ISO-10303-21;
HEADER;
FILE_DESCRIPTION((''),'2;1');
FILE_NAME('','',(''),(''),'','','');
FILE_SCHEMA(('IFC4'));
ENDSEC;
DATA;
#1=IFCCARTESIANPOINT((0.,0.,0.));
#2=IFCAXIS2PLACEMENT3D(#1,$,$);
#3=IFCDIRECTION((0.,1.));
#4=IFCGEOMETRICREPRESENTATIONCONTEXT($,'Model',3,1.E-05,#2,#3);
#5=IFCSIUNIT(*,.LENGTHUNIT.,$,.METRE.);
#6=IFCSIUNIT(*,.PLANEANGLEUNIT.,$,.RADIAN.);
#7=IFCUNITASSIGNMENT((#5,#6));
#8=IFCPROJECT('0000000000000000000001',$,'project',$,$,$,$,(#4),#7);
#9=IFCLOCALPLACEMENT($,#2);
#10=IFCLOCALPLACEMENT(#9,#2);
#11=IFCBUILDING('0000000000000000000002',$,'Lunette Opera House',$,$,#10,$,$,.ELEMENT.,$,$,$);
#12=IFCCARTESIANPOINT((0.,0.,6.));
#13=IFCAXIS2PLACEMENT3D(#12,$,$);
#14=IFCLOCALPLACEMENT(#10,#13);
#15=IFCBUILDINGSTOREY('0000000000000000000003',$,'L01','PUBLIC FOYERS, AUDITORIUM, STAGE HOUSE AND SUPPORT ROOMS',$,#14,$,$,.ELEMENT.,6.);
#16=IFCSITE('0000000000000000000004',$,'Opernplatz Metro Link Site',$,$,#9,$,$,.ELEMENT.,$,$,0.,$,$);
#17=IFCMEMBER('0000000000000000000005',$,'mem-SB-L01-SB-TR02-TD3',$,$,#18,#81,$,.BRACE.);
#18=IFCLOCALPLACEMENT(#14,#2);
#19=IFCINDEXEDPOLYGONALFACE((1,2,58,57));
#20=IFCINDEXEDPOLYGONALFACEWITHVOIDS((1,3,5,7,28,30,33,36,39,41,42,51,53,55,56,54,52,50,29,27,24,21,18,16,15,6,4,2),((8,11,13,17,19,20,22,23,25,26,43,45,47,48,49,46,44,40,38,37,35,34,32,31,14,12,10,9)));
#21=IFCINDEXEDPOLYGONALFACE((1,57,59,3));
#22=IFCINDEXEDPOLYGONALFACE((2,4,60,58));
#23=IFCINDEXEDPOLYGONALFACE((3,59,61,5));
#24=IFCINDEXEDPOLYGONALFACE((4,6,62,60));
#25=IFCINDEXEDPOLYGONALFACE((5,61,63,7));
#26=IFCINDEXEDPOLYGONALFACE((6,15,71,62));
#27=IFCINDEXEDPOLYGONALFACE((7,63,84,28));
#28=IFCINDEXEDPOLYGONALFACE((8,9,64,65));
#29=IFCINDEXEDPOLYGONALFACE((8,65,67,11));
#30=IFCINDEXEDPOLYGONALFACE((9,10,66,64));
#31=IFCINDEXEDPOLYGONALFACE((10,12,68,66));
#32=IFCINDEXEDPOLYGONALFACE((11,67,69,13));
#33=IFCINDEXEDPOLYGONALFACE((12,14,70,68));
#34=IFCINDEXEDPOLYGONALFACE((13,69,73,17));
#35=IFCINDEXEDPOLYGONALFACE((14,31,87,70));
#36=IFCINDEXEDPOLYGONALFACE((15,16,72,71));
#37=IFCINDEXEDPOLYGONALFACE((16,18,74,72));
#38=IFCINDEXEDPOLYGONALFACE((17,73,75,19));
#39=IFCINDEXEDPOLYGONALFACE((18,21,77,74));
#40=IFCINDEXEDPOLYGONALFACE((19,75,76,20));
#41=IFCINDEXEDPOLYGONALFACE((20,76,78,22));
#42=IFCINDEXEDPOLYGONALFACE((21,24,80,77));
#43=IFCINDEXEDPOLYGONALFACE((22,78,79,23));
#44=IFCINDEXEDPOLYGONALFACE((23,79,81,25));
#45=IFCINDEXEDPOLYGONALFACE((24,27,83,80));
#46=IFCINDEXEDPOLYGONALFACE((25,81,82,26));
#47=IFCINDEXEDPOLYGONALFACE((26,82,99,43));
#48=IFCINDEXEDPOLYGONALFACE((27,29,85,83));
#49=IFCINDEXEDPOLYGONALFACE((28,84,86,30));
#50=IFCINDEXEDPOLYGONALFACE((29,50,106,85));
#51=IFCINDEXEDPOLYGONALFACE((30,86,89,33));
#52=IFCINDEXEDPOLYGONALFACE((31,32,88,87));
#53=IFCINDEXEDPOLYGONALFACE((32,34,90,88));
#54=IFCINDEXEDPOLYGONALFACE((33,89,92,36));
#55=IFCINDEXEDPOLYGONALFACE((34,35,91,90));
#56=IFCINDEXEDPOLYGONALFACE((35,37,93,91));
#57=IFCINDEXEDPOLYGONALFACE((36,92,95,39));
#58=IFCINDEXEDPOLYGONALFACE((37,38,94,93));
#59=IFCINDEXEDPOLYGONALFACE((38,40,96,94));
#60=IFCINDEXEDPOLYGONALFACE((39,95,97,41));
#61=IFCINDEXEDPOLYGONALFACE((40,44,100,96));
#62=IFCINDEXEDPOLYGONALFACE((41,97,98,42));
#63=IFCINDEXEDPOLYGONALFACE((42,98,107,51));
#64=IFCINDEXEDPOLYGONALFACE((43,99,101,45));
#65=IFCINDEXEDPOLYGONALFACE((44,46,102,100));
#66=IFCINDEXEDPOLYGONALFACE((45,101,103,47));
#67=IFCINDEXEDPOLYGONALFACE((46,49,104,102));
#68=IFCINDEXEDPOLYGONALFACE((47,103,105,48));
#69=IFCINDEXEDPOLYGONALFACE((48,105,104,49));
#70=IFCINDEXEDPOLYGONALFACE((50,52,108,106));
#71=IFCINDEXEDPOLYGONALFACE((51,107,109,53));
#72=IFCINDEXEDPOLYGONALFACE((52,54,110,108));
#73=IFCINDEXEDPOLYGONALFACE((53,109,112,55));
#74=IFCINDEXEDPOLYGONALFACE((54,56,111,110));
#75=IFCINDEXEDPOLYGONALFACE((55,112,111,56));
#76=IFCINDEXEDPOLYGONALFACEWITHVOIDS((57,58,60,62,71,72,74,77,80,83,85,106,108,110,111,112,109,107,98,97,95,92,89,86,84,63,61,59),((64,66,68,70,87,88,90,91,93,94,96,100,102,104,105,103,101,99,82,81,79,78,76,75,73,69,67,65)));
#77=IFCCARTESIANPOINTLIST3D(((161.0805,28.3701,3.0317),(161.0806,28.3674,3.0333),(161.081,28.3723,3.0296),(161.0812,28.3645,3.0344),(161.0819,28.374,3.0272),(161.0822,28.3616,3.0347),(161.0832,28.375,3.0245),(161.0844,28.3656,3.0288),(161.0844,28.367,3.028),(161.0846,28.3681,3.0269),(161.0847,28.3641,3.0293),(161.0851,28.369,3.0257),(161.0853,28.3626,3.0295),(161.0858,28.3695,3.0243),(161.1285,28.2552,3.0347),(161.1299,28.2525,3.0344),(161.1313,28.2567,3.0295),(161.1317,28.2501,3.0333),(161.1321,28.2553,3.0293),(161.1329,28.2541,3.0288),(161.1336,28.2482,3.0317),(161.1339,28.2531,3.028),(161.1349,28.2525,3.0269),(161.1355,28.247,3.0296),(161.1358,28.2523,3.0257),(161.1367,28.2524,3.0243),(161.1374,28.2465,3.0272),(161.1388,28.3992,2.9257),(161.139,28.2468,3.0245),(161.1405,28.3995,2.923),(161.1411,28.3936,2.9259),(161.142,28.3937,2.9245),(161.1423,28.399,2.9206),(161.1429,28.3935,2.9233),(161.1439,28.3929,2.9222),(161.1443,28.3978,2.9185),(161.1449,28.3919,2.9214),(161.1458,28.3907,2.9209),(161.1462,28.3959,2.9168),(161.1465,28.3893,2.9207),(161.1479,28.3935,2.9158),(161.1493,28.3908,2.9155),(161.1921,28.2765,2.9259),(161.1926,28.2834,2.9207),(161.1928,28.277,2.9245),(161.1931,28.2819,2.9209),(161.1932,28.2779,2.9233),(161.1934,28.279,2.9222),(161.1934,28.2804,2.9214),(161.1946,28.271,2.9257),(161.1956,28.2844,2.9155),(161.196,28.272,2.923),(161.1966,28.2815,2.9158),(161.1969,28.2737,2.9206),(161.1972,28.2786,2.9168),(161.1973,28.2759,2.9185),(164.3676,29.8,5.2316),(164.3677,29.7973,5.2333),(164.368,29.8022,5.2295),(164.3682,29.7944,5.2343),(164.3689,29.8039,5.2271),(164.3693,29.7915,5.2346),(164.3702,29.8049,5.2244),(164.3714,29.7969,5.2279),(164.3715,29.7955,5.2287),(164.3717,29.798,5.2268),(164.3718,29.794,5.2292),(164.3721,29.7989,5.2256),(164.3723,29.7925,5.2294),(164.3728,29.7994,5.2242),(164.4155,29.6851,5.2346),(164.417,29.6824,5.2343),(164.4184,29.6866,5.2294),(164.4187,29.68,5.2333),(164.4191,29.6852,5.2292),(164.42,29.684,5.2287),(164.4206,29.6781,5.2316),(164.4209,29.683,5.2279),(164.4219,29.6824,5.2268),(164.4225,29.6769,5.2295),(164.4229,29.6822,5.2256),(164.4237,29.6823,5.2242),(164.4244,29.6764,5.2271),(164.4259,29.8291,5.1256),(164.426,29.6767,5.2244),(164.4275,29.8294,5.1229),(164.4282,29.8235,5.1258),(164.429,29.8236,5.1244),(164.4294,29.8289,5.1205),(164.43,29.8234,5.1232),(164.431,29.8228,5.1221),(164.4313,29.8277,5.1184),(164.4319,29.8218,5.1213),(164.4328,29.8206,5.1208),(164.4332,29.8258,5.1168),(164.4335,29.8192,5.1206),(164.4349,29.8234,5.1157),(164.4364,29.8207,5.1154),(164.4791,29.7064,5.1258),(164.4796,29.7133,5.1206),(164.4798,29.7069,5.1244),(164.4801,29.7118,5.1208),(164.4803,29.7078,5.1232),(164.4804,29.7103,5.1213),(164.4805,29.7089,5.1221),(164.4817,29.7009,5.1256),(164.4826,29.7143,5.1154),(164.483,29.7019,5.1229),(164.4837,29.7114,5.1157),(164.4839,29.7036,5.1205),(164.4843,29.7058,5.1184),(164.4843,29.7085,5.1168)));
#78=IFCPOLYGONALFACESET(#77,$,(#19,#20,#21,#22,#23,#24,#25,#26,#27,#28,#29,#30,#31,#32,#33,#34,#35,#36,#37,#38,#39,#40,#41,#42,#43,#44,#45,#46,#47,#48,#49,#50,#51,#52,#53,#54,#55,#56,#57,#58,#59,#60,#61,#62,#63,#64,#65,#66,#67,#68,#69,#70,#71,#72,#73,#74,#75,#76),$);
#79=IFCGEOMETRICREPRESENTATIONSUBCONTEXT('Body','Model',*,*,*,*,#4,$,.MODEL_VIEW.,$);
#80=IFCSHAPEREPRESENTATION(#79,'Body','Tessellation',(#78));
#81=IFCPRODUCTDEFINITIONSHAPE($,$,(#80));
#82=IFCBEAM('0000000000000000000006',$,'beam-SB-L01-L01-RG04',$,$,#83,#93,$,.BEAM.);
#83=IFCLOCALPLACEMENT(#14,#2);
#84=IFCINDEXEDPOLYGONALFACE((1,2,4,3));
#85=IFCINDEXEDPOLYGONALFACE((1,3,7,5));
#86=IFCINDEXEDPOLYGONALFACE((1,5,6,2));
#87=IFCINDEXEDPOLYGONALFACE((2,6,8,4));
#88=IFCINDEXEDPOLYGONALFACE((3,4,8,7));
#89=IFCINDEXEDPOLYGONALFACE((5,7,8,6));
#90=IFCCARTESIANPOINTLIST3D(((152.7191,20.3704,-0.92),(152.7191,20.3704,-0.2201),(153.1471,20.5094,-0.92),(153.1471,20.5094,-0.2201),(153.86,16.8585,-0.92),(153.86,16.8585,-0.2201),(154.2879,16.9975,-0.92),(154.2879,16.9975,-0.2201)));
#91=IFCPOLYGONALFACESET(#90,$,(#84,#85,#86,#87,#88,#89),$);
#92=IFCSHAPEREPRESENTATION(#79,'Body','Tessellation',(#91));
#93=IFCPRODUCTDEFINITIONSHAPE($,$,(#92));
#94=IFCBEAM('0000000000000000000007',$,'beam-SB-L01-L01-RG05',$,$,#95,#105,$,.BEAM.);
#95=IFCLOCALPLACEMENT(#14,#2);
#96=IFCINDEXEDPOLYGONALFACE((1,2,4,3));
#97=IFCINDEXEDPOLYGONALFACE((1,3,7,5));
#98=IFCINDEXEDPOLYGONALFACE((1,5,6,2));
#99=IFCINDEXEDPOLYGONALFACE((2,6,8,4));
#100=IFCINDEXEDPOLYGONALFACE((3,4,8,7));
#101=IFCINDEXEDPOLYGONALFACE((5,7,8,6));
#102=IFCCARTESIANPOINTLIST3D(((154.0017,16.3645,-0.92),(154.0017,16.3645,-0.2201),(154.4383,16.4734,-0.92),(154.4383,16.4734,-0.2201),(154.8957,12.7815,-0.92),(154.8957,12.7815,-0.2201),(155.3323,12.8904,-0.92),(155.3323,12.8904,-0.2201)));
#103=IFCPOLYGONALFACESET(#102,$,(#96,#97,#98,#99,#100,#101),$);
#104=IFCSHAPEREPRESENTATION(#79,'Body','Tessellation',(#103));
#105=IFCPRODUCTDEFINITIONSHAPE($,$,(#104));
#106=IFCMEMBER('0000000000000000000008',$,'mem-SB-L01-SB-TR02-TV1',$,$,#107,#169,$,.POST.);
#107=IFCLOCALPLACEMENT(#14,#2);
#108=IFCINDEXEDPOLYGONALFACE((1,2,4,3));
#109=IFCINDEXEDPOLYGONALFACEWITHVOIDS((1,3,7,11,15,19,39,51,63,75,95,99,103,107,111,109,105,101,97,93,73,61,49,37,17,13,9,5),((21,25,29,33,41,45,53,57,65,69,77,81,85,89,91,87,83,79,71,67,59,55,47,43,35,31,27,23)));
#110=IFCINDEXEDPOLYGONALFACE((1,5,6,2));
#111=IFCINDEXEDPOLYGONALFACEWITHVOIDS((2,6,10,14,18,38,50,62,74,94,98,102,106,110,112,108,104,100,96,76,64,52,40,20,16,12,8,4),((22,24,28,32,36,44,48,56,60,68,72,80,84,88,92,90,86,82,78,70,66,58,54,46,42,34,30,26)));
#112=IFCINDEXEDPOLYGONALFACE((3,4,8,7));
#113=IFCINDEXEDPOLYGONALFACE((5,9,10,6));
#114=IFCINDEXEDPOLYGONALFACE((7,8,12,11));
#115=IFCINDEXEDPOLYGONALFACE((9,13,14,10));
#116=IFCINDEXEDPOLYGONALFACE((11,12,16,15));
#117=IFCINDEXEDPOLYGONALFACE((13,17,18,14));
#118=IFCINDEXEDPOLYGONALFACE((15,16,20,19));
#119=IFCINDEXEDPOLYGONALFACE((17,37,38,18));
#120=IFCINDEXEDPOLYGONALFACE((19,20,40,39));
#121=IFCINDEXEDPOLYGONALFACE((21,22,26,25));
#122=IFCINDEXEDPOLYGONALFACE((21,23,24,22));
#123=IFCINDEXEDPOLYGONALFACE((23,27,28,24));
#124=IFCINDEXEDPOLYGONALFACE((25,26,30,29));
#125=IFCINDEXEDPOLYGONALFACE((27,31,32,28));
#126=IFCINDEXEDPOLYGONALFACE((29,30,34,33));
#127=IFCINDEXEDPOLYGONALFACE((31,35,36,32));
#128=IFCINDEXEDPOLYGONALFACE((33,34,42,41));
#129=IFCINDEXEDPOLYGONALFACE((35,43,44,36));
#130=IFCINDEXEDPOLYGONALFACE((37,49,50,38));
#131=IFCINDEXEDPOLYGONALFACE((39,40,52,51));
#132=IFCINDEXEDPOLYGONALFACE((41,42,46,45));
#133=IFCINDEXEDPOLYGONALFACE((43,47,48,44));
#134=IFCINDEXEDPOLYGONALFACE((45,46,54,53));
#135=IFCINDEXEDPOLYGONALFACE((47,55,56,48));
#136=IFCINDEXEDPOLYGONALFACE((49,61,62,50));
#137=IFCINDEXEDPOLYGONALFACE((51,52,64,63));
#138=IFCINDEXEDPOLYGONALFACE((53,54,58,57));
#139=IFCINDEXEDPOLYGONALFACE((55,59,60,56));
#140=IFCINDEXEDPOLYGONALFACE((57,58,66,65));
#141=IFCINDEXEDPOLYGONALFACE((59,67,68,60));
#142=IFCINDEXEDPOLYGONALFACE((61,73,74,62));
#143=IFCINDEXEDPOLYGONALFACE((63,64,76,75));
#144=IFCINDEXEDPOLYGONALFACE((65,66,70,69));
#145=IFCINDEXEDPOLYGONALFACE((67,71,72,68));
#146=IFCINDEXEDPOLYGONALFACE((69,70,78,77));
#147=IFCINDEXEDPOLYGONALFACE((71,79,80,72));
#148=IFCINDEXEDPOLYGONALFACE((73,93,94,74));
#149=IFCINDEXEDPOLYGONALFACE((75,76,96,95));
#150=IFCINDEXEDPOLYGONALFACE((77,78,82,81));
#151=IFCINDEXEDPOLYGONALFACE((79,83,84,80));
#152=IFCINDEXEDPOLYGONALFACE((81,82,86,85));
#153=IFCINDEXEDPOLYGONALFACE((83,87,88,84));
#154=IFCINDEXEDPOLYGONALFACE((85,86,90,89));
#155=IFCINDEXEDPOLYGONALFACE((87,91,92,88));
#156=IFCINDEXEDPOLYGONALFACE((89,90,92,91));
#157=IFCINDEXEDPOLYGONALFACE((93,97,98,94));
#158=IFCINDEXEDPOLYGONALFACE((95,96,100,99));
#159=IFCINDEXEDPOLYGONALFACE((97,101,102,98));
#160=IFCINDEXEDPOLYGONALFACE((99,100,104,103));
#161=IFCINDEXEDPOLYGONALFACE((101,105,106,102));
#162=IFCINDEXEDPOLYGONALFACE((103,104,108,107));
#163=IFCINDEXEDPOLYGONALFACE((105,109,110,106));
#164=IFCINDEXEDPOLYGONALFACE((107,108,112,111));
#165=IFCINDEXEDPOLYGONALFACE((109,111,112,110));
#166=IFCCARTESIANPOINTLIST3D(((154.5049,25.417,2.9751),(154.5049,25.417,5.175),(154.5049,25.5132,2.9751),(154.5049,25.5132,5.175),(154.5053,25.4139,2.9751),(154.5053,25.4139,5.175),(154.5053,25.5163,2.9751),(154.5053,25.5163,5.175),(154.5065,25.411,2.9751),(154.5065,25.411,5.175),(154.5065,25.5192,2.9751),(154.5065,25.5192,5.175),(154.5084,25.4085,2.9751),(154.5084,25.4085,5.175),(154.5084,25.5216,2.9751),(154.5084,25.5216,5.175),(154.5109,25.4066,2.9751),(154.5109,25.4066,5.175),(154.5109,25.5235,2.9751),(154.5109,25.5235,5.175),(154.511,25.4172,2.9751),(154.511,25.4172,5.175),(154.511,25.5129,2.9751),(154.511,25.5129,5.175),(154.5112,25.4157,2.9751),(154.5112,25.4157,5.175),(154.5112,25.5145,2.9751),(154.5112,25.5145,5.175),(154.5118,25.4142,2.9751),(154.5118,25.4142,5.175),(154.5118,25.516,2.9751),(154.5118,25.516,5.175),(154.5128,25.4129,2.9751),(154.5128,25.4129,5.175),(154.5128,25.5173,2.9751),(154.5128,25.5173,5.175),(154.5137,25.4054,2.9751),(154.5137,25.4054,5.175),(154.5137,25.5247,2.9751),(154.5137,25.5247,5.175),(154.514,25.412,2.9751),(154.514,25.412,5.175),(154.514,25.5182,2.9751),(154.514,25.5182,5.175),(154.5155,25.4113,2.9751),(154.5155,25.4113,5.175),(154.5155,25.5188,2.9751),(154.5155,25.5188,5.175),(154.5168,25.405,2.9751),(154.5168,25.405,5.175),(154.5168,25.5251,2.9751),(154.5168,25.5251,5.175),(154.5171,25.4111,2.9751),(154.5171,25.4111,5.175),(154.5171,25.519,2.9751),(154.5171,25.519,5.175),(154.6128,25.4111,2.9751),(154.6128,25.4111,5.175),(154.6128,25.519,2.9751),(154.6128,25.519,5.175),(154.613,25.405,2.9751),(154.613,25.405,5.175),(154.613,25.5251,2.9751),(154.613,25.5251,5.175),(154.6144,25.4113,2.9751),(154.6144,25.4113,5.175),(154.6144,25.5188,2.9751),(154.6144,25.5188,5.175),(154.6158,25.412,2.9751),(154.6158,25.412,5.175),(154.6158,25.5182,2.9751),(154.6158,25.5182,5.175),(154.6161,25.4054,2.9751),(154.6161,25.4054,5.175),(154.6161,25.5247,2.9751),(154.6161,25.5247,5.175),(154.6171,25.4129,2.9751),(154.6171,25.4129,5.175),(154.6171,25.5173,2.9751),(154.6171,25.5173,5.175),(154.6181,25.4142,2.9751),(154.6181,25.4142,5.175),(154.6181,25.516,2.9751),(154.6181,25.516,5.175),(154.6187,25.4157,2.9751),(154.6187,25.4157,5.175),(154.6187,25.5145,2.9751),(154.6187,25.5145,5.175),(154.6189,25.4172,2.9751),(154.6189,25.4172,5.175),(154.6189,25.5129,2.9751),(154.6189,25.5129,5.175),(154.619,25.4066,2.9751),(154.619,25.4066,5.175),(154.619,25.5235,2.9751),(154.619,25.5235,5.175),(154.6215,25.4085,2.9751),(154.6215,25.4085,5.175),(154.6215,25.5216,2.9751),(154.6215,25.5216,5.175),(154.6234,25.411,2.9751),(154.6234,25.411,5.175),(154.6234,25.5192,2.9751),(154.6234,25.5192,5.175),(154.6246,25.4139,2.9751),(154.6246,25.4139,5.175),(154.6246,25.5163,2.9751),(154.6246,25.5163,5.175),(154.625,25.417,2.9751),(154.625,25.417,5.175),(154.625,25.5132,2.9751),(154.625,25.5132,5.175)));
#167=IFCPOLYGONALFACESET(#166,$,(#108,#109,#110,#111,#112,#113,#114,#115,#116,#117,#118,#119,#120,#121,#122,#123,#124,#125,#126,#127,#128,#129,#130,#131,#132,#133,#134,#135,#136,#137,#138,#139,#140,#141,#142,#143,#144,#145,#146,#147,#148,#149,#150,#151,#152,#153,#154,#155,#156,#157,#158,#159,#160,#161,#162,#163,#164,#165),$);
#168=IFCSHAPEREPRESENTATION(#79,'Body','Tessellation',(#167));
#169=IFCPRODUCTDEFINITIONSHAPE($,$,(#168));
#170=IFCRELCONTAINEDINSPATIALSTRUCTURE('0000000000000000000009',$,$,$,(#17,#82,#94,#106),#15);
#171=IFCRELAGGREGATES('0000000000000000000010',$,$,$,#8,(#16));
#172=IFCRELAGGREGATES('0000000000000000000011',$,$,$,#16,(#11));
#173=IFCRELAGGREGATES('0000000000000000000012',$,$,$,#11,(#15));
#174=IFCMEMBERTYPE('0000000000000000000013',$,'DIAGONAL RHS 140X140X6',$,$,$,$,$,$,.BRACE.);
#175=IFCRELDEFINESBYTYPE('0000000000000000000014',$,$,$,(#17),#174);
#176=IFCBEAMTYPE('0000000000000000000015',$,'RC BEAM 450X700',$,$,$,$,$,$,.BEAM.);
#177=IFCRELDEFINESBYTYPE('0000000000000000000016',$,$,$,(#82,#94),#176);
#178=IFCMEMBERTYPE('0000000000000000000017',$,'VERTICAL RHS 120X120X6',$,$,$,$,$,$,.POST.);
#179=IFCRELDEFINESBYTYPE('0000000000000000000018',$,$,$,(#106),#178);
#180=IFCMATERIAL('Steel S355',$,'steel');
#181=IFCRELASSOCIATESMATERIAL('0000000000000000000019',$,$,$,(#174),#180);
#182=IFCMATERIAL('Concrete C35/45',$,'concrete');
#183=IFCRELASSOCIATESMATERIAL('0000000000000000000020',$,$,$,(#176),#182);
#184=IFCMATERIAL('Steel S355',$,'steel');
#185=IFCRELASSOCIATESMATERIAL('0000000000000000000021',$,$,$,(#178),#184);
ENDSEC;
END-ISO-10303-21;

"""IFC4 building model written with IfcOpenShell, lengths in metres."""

from ifc_helpers import new_model, si_unit, direction, frame, origin, origin_2d, place, context, subcontext, project, spatial, rectangle, hollow_rectangle, extrude, material, material_profile, profile_set, type_object, element, save


model = new_model("IFC4")

# Units and contexts
model_context = context("Model", 3, precision=1e-05, world=origin(), true_north=direction((0.0, 1.0)))
body_context = subcontext(model_context, "Body", "Model", "MODEL_VIEW")
ifc_project = project(units=[si_unit("LENGTHUNIT", "METRE"), si_unit("PLANEANGLEUNIT", "RADIAN")], contexts=[model_context])

# Site, building, storey
site_placement = place(None, origin())
site = spatial("IfcSite", under=ifc_project, at=site_placement, Name="Opernplatz Metro Link Site", CompositionType="ELEMENT", RefElevation=0.0)
building_placement = place(site_placement, origin())
building = spatial("IfcBuilding", under=site, at=building_placement, Name="Lunette Opera House", CompositionType="ELEMENT")
storey_placement = place(building_placement, frame((0.0, 0.0, 6.0)))
storey = spatial("IfcBuildingStorey", under=building, at=storey_placement, Name="L01", Description="PUBLIC FOYERS, AUDITORIUM, STAGE HOUSE AND SUPPORT ROOMS", CompositionType="ELEMENT", Elevation=6.0)

# Member
ifc_material_1 = material(Name="Steel S355", Category="steel")
ifc_material_profile_1 = material_profile(ifc_material_1, hollow_rectangle(XDim=0.1399, YDim=0.1399, WallThickness=0.0061, InnerFilletRadius=0.0061, OuterFilletRadius=0.012, at=origin_2d()), Name="RHS 140X140X6")
ifc_profile_set_1 = profile_set([ifc_material_profile_1], Name="Steel S355")
member_type_1 = type_object("IfcMemberType", Name="DIAGONAL RHS 140X140X6", PredefinedType="BRACE", material=ifc_profile_set_1)
member_1_placement = place(storey_placement, frame((161.1389, 28.323, 2.9751), z_axis=(0.781548, 0.339982, 0.523063), x_axis=(-0.398903, 0.916993, 0.0)))
element("IfcMember", 1, at=member_1_placement, inside=storey, type_object=member_type_1, Name="mem-SB-L01-SB-TR02-TD3", PredefinedType="BRACE", context=body_context, shape_type="SweptSolid", body=[
    extrude(hollow_rectangle(XDim=0.1399, YDim=0.1399, WallThickness=0.0061, InnerFilletRadius=0.0061, OuterFilletRadius=0.012, at=origin_2d()), origin(), (0.0, 0.0, 1.0), 4.2058),
])

# Beams
ifc_material_2 = material(Name="Concrete C35/45", Category="concrete")
ifc_material_profile_2 = material_profile(ifc_material_2, rectangle(XDim=0.45, YDim=0.7, at=origin_2d()), Name="RC BEAM 450X700")
ifc_profile_set_2 = profile_set([ifc_material_profile_2], Name="Concrete C35/45")
beam_type = type_object("IfcBeamType", Name="RC BEAM 450X700", PredefinedType="BEAM", material=ifc_profile_set_2)
beam_1_placement = place(storey_placement, frame((152.9331, 20.4399, -0.5701), z_axis=(0.308959, -0.951075, 0.0), x_axis=(0.951075, 0.308959, 0.0)))
element("IfcBeam", 2, at=beam_1_placement, inside=storey, type_object=beam_type, Name="beam-SB-L01-L01-RG04", PredefinedType="BEAM", context=body_context, shape_type="SweptSolid", body=[
    extrude(rectangle(XDim=0.45, YDim=0.7, at=origin_2d()), origin(), (0.0, 0.0, 1.0), 3.6926),
])
beam_2_placement = place(storey_placement, frame((154.22, 16.4189, -0.5701), z_axis=(0.2421, -0.970251, 0.0), x_axis=(0.970251, 0.2421, 0.0)))
element("IfcBeam", 3, at=beam_2_placement, inside=storey, type_object=beam_type, Name="beam-SB-L01-L01-RG05", PredefinedType="BEAM", context=body_context, shape_type="SweptSolid", body=[
    extrude(rectangle(XDim=0.45, YDim=0.7, at=origin_2d()), origin(), (0.0, 0.0, 1.0), 3.6929),
])

# Member
ifc_material_3 = material(Name="Steel S355", Category="steel")
ifc_material_profile_3 = material_profile(ifc_material_3, hollow_rectangle(XDim=0.1201, YDim=0.1201, WallThickness=0.0061, InnerFilletRadius=0.0061, OuterFilletRadius=0.012, at=origin_2d()), Name="RHS 120X120X6")
ifc_profile_set_3 = profile_set([ifc_material_profile_3], Name="Steel S355")
member_type_2 = type_object("IfcMemberType", Name="VERTICAL RHS 120X120X6", PredefinedType="POST", material=ifc_profile_set_3)
for number, where, z_axis, x_axis, name in (
    (4, (154.5649, 25.4651, 2.9751), (0.0, 0.0, 1.0), (1.0, 0.0, 0.0), "mem-SB-L01-SB-TR02-TV1"),
):
    element("IfcMember", number, at=place(storey_placement, frame(where, z_axis=z_axis, x_axis=x_axis)), inside=storey, type_object=member_type_2, Name=name, PredefinedType="POST", context=body_context, shape_type="SweptSolid", body=[
        extrude(hollow_rectangle(XDim=0.1201, YDim=0.1201, WallThickness=0.0061, InnerFilletRadius=0.0061, OuterFilletRadius=0.012, at=origin_2d()), origin(), (0.0, 0.0, 1.0), 2.2),
    ])

save(model, "model.ifc")
